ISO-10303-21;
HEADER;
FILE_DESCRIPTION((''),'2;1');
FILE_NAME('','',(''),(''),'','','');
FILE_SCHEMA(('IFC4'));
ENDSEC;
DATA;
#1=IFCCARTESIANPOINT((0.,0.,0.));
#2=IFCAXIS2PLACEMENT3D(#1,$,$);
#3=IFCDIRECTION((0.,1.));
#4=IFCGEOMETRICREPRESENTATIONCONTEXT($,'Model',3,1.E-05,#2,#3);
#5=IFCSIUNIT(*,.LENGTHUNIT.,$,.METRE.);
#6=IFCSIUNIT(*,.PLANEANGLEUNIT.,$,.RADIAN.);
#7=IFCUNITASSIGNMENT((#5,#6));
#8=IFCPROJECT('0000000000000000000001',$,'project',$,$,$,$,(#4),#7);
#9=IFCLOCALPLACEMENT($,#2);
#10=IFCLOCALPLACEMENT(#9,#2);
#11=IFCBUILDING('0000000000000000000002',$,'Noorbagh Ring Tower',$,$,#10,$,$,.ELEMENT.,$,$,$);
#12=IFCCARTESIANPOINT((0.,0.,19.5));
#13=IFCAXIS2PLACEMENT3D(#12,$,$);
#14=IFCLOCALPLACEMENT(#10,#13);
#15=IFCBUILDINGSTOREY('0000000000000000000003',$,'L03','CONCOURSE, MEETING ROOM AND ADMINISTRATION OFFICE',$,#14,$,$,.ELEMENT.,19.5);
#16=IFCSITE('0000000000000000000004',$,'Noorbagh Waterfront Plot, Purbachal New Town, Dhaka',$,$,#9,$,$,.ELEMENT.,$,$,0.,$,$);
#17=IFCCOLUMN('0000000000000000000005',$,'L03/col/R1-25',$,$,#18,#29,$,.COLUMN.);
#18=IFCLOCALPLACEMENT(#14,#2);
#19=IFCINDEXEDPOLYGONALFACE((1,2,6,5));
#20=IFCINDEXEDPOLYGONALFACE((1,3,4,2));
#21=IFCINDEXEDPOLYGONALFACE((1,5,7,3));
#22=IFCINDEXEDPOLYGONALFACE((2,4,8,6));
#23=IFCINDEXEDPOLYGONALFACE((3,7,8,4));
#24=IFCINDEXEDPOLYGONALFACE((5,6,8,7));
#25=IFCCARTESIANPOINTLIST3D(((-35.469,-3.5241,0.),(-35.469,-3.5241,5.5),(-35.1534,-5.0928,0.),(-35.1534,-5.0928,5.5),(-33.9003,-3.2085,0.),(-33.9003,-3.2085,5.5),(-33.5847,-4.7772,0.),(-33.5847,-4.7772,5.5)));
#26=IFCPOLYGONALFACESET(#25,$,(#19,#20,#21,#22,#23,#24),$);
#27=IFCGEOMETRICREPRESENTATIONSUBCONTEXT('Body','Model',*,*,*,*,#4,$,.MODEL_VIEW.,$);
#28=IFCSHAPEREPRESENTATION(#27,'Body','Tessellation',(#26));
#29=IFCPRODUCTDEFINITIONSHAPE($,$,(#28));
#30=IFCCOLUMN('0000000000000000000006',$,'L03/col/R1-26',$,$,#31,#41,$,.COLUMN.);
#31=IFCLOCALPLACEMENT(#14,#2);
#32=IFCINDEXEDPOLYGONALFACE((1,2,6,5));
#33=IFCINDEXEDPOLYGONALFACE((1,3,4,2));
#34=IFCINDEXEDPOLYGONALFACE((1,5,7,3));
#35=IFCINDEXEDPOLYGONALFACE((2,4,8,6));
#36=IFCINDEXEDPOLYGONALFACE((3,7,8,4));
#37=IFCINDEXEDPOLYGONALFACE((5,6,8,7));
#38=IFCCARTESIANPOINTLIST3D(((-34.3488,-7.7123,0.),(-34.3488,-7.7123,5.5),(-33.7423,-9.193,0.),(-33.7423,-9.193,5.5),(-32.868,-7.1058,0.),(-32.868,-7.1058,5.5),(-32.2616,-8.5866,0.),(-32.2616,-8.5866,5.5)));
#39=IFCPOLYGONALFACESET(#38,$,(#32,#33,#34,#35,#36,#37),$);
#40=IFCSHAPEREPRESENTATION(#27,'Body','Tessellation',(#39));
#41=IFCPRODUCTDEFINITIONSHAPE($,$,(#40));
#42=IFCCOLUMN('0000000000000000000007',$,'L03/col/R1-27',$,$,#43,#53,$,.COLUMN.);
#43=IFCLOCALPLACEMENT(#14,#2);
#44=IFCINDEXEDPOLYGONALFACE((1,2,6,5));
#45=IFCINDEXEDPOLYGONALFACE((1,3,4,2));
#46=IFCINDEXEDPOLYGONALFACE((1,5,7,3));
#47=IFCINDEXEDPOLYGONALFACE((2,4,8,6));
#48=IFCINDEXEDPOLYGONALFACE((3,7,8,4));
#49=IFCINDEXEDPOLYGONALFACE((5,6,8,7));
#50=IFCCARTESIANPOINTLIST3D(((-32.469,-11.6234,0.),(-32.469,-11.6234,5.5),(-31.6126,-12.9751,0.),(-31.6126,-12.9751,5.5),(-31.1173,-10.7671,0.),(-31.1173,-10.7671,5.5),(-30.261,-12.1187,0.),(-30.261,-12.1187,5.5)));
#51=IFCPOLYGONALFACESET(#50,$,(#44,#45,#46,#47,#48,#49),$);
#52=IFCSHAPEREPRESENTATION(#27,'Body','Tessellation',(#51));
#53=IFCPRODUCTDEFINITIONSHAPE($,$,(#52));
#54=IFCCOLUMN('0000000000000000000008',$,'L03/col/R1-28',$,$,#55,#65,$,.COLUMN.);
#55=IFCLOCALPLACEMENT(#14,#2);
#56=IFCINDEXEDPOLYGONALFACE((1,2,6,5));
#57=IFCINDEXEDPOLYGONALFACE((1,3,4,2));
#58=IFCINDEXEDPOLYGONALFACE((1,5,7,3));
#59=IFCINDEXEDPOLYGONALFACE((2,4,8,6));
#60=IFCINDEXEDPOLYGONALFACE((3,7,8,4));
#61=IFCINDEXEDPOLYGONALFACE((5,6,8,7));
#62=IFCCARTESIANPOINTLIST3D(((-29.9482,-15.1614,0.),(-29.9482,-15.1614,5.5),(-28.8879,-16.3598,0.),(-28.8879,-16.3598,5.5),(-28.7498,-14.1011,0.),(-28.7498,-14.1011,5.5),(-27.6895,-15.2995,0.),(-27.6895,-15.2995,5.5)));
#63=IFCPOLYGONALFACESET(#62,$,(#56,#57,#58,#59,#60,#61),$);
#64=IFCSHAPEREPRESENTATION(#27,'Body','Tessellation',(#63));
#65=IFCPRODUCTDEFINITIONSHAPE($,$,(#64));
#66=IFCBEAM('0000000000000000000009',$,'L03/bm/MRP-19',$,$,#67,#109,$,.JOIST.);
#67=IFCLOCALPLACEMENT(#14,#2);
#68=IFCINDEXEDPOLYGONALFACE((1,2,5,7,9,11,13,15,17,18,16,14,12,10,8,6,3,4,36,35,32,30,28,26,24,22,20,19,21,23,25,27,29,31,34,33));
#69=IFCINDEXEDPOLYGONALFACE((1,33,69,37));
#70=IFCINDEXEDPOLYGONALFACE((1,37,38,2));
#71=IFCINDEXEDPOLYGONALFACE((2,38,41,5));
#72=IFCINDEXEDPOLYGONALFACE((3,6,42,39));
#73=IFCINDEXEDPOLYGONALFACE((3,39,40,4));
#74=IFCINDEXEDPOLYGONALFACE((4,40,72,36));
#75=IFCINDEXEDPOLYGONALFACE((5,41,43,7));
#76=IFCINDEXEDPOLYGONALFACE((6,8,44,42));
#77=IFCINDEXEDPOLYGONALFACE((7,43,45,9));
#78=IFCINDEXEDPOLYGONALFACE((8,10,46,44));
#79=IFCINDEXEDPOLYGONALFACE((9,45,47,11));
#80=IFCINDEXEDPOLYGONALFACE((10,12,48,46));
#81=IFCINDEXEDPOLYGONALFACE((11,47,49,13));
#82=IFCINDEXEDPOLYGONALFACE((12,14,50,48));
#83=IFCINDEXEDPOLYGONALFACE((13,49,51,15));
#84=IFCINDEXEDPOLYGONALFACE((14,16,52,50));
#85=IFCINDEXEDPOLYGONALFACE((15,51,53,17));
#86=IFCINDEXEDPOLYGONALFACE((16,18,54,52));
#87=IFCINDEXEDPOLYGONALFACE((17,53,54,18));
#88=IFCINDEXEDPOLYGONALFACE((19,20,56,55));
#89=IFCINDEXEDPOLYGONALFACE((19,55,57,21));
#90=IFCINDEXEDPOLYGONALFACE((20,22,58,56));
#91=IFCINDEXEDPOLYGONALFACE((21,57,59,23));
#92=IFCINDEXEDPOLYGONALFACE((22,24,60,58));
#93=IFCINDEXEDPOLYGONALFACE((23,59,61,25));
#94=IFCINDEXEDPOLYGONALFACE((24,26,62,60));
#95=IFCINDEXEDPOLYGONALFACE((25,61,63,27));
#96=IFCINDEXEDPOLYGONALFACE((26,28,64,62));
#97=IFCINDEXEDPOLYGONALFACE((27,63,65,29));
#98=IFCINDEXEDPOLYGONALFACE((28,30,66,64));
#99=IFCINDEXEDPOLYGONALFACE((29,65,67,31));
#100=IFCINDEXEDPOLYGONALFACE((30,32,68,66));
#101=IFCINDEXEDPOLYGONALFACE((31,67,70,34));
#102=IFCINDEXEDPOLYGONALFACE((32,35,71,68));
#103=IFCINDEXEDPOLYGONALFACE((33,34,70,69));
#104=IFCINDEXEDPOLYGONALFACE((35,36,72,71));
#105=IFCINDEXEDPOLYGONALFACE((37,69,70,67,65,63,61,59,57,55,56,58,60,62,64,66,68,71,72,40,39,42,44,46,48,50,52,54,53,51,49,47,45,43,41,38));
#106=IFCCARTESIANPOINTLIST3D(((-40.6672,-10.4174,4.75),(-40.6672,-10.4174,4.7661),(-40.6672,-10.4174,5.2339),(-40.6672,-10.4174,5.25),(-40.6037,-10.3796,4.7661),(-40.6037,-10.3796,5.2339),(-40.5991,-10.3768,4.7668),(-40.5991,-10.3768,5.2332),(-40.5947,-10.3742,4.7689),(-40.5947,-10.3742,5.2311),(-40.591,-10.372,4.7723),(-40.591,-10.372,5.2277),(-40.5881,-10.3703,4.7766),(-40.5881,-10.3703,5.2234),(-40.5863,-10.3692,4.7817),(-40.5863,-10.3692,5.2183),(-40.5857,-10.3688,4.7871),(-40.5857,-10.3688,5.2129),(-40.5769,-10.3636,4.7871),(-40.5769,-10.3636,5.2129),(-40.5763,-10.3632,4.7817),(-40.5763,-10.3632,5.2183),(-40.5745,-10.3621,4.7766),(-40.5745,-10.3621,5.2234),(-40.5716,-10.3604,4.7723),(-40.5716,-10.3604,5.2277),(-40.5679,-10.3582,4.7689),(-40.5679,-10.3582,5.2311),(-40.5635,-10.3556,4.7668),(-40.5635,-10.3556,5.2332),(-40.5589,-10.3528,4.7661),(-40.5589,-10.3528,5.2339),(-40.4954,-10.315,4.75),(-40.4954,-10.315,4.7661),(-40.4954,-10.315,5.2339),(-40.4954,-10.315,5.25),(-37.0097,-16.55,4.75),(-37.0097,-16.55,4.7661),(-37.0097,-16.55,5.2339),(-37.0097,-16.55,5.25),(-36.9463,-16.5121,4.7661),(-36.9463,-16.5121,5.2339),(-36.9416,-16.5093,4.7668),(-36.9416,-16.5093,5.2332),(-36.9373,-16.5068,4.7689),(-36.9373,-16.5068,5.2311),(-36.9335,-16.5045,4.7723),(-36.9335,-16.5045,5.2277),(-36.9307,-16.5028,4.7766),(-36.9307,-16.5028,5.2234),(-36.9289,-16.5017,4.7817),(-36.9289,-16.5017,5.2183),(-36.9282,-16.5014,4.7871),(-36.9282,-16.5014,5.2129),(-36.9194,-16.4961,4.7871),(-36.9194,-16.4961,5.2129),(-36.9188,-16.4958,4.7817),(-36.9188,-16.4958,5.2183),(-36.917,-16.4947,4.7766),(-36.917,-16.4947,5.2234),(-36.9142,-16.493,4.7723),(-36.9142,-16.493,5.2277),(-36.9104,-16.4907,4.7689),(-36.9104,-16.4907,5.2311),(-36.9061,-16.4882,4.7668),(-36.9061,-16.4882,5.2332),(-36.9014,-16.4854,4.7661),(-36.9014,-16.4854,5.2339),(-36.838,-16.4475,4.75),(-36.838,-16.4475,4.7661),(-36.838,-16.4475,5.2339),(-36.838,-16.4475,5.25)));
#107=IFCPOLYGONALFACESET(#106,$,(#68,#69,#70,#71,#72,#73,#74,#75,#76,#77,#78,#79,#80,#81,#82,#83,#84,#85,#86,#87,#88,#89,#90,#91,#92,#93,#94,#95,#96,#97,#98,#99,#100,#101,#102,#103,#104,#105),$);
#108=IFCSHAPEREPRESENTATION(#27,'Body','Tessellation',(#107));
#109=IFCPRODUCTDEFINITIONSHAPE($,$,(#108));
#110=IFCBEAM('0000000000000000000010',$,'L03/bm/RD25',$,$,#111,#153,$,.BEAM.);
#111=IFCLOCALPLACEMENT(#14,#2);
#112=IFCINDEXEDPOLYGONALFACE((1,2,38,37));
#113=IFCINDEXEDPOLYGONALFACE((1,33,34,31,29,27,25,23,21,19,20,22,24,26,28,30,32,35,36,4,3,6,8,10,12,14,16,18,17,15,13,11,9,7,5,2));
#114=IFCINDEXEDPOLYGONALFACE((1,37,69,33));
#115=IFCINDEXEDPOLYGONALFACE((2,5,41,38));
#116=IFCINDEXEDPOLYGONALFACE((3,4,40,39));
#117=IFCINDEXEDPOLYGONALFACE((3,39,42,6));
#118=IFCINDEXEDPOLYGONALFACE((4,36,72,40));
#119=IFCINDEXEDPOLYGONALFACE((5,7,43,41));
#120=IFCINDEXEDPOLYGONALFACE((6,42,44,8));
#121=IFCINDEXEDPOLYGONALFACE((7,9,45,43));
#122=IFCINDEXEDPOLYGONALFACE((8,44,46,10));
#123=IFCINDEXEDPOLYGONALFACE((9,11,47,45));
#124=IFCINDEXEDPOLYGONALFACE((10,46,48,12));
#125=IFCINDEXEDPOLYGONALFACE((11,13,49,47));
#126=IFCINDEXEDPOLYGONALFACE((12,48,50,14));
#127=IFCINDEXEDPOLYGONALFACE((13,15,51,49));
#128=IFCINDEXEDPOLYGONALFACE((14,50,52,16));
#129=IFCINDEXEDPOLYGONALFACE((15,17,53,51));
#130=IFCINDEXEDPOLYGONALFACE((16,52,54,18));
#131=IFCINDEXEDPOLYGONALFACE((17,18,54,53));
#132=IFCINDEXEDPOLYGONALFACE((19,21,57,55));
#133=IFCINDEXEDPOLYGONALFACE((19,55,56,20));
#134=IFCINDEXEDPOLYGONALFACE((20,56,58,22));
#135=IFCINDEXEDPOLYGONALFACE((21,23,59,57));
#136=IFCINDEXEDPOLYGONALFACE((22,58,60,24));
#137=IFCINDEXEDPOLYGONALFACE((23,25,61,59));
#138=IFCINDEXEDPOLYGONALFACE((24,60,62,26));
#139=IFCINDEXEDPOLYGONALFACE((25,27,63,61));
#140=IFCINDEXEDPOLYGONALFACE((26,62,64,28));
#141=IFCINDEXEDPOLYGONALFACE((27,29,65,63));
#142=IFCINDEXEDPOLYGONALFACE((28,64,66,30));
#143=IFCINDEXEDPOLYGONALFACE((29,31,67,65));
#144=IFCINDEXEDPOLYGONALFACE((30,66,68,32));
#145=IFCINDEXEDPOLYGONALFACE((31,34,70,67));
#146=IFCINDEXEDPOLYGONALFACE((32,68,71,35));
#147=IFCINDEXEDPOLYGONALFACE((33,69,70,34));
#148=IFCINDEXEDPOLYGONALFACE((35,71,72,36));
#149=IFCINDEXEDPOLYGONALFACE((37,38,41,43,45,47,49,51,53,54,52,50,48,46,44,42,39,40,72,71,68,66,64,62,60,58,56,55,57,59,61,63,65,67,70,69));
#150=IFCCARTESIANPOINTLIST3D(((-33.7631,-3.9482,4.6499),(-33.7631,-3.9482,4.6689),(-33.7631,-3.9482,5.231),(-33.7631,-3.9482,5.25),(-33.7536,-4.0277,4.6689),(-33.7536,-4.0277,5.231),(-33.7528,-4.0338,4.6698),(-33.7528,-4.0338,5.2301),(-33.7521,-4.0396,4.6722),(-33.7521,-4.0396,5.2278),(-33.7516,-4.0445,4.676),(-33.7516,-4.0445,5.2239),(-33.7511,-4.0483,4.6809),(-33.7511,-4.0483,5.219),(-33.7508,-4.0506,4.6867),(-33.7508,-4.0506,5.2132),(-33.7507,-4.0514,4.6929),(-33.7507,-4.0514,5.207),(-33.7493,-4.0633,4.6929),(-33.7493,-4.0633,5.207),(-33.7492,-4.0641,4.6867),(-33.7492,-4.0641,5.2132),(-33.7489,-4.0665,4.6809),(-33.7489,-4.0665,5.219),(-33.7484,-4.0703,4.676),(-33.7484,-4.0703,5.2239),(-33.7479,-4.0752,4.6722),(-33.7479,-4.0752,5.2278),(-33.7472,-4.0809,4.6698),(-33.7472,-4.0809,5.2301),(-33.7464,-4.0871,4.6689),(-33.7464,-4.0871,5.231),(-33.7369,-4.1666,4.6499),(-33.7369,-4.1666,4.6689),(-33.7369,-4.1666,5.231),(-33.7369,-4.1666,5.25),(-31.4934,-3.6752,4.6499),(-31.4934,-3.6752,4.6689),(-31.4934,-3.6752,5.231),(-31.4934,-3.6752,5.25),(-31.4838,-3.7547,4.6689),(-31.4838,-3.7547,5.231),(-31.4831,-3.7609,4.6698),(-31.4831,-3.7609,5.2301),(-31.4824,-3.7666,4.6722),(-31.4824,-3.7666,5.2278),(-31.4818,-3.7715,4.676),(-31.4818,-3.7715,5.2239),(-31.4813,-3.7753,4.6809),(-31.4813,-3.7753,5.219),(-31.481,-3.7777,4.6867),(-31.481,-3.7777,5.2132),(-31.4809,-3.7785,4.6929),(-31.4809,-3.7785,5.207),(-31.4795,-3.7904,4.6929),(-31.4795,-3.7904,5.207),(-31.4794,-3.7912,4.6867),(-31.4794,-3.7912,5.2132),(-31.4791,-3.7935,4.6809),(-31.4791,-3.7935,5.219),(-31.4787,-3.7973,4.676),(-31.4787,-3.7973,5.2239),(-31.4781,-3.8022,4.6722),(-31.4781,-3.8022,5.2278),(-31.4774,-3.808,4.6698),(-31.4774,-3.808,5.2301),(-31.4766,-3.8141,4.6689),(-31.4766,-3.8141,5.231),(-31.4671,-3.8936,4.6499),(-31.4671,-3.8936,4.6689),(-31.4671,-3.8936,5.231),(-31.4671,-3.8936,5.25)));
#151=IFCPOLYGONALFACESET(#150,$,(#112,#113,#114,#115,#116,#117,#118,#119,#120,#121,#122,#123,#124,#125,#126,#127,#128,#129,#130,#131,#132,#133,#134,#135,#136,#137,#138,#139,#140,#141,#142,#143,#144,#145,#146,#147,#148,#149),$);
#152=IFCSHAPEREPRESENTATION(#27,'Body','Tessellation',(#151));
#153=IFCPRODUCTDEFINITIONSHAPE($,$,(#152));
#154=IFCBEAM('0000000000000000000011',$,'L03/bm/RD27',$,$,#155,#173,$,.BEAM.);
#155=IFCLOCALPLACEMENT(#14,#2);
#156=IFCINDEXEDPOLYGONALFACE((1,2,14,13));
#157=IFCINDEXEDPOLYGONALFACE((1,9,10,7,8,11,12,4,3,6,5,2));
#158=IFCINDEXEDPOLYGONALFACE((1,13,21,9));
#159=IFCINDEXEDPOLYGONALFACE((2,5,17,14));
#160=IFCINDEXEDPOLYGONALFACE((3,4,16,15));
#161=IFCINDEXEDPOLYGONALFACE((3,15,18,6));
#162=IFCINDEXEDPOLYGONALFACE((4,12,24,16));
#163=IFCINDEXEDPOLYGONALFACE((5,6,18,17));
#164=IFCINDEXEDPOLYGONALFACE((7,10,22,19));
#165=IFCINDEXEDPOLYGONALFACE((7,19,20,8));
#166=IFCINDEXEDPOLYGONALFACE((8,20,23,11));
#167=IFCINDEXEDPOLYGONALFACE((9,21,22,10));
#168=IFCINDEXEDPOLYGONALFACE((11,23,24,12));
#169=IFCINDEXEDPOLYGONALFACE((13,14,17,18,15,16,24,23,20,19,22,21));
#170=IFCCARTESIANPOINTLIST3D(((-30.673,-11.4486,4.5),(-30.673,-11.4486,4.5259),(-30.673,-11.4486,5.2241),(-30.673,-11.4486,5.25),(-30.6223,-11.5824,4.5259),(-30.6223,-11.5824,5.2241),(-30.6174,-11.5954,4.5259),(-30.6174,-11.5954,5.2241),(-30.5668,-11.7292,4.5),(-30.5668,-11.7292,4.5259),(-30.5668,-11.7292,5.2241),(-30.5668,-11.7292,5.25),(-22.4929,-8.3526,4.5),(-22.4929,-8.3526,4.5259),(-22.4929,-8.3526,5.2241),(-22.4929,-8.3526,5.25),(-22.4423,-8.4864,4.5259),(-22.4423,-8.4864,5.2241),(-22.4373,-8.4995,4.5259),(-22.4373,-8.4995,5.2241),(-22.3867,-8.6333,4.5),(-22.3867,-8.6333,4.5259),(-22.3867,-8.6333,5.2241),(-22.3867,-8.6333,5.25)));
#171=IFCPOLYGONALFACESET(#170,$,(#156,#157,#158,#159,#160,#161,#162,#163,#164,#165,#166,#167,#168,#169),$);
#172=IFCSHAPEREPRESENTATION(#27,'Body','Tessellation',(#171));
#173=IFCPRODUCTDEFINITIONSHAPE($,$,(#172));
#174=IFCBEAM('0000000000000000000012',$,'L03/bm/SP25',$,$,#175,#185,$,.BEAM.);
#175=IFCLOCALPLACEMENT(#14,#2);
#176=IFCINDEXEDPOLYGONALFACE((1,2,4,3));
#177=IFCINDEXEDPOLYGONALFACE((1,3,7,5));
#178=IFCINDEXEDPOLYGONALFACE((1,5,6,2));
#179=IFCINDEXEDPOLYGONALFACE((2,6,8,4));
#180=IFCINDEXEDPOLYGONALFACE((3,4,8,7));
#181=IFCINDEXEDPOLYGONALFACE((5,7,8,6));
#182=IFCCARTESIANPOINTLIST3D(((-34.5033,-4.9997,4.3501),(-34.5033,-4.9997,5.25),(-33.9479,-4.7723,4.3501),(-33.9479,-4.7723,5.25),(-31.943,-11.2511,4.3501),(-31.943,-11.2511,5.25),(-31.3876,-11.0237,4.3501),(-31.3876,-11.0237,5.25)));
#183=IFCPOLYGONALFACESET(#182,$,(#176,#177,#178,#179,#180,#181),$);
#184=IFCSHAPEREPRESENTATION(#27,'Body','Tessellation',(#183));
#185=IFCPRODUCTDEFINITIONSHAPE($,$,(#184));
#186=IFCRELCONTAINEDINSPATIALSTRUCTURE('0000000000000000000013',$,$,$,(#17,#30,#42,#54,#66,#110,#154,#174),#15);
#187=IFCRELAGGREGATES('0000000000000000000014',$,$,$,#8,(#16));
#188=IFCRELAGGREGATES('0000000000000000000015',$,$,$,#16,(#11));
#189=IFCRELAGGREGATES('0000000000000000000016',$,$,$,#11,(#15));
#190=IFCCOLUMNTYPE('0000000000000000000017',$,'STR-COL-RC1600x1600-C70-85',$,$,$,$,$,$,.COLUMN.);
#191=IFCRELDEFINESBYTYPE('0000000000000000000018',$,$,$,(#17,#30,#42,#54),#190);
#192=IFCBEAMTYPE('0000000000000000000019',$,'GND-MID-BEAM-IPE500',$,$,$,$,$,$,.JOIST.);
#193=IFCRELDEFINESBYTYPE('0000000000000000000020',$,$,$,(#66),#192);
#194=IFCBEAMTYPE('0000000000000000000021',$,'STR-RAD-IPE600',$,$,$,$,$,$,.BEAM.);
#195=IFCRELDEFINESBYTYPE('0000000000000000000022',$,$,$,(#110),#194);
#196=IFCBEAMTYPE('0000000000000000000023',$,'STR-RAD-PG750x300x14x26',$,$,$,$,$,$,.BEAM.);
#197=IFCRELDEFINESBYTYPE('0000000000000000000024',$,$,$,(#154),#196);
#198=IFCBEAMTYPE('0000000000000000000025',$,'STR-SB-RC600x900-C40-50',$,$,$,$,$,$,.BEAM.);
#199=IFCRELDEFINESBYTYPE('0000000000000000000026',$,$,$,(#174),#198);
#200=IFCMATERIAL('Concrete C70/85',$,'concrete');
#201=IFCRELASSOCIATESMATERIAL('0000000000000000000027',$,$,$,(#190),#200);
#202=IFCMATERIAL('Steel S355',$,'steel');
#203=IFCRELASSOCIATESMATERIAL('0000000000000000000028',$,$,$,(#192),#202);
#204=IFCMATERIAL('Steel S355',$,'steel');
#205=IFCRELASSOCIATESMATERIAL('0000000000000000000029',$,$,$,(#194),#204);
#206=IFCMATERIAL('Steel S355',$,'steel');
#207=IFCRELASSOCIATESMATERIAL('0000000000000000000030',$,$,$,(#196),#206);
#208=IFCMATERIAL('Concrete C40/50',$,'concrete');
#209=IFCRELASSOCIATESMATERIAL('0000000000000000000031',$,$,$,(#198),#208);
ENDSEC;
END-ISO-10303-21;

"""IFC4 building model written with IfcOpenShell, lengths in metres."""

from ifc_helpers import new_model, si_unit, direction, frame, origin, origin_2d, place, context, subcontext, project, spatial, rectangle, i_section, extrude, material, material_profile, profile_set, type_object, element, save


model = new_model("IFC4")

# Units and contexts
model_context = context("Model", 3, precision=1e-05, world=origin(), true_north=direction((0.0, 1.0)))
body_context = subcontext(model_context, "Body", "Model", "MODEL_VIEW")
ifc_project = project(units=[si_unit("LENGTHUNIT", "METRE"), si_unit("PLANEANGLEUNIT", "RADIAN")], contexts=[model_context])

# Site, building, storey
site_placement = place(None, origin())
site = spatial("IfcSite", under=ifc_project, at=site_placement, Name="Noorbagh Waterfront Plot, Purbachal New Town, Dhaka", CompositionType="ELEMENT", RefElevation=0.0)
building_placement = place(site_placement, origin())
building = spatial("IfcBuilding", under=site, at=building_placement, Name="Noorbagh Ring Tower", CompositionType="ELEMENT")
storey_placement = place(building_placement, frame((0.0, 0.0, 19.5)))
storey = spatial("IfcBuildingStorey", under=building, at=storey_placement, Name="L03", Description="CONCOURSE, MEETING ROOM AND ADMINISTRATION OFFICE", CompositionType="ELEMENT", Elevation=19.5)

# Columns
ifc_material_1 = material(Name="Concrete C70/85", Category="concrete")
ifc_material_profile_1 = material_profile(ifc_material_1, rectangle(XDim=1.6001, YDim=1.6001, at=origin_2d()), Name="RC1600x1600")
ifc_profile_set_1 = profile_set([ifc_material_profile_1], Name="Concrete C70/85")
column_type = type_object("IfcColumnType", Name="STR-COL-RC1600x1600-C70-85", PredefinedType="COLUMN", material=ifc_profile_set_1)
for number, where, z_axis, x_axis, name in (
    (1, (-34.5269, -4.1506, 0.0), (0.0, 0.0, 1.0), (0.19723, -0.980357, 0.0), "L03/col/R1-25"),
    (2, (-33.3052, -8.1494, 0.0), (0.0, 0.0, 1.0), (0.378989, -0.925401, 0.0), "L03/col/R1-26"),
    (3, (-31.365, -11.8711, 0.0), (0.0, 0.0, 1.0), (0.53519, -0.844731, 0.0), "L03/col/R1-27"),
    (4, (-28.8188, -15.2305, 0.0), (0.0, 0.0, 1.0), (0.662636, -0.748942, 0.0), "L03/col/R1-28"),
):
    element("IfcColumn", number, at=place(storey_placement, frame(where, z_axis=z_axis, x_axis=x_axis)), inside=storey, type_object=column_type, Name=name, PredefinedType="COLUMN", context=body_context, shape_type="SweptSolid", body=[
        extrude(rectangle(XDim=1.6001, YDim=1.6001, at=origin_2d()), origin(), (0.0, 0.0, 1.0), 5.5),
    ])

# Beams
ifc_material_2 = material(Name="Steel S355", Category="steel")
ifc_material_profile_2 = material_profile(ifc_material_2, i_section(OverallWidth=0.2, OverallDepth=0.5, WebThickness=0.0103, FlangeThickness=0.0161, FilletRadius=0.021, at=origin_2d()), Name="IPE500")
ifc_profile_set_2 = profile_set([ifc_material_profile_2], Name="Steel S355")
beam_type_1 = type_object("IfcBeamType", Name="GND-MID-BEAM-IPE500", PredefinedType="JOIST", material=ifc_profile_set_2)
beam_1_placement = place(storey_placement, frame((-40.5813, -10.3662, 5.0), z_axis=(0.512221, -0.858854, 0.0), x_axis=(0.858854, 0.512221, 0.0)))
element("IfcBeam", 5, at=beam_1_placement, inside=storey, type_object=beam_type_1, Name="L03/bm/MRP-19", PredefinedType="JOIST", context=body_context, shape_type="SweptSolid", body=[
    extrude(i_section(OverallWidth=0.2, OverallDepth=0.5, WebThickness=0.0103, FlangeThickness=0.0161, FilletRadius=0.021, at=origin_2d()), origin(), (0.0, 0.0, 1.0), 7.1404),
])
ifc_material_3 = material(Name="Steel S355", Category="steel")
ifc_material_profile_3 = material_profile(ifc_material_3, i_section(OverallWidth=0.22, OverallDepth=0.6001, WebThickness=0.012, FlangeThickness=0.019, FilletRadius=0.0239, at=origin_2d()), Name="IPE600")
ifc_profile_set_3 = profile_set([ifc_material_profile_3], Name="Steel S355")
beam_type_2 = type_object("IfcBeamType", Name="STR-RAD-IPE600", PredefinedType="BEAM", material=ifc_profile_set_3)
beam_2_placement = place(storey_placement, frame((-33.75, -4.0574, 4.95), z_axis=(0.992847, 0.119394, 0.0), x_axis=(-0.119394, 0.992847, 0.0)))
element("IfcBeam", 6, at=beam_2_placement, inside=storey, type_object=beam_type_2, Name="L03/bm/RD25", PredefinedType="BEAM", context=body_context, shape_type="SweptSolid", body=[
    extrude(i_section(OverallWidth=0.22, OverallDepth=0.6001, WebThickness=0.012, FlangeThickness=0.019, FilletRadius=0.0239, at=origin_2d()), origin(), (0.0, 0.0, 1.0), 2.2861),
])
ifc_material_4 = material(Name="Steel S355", Category="steel")
ifc_material_profile_4 = material_profile(ifc_material_4, i_section(OverallWidth=0.3, OverallDepth=0.75, WebThickness=0.0139, FlangeThickness=0.0259, at=origin_2d()), Name="PG750x300x14x26")
ifc_profile_set_4 = profile_set([ifc_material_profile_4], Name="Steel S355")
beam_type_3 = type_object("IfcBeamType", Name="STR-RAD-PG750x300x14x26", PredefinedType="BEAM", material=ifc_profile_set_4)
beam_3_placement = place(storey_placement, frame((-30.6199, -11.5889, 4.875), z_axis=(0.935258, 0.353967, 0.0), x_axis=(-0.353967, 0.935258, 0.0)))
element("IfcBeam", 7, at=beam_3_placement, inside=storey, type_object=beam_type_3, Name="L03/bm/RD27", PredefinedType="BEAM", context=body_context, shape_type="SweptSolid", body=[
    extrude(i_section(OverallWidth=0.3, OverallDepth=0.75, WebThickness=0.0139, FlangeThickness=0.0259, at=origin_2d()), origin(), (0.0, 0.0, 1.0), 8.7463),
])
ifc_material_5 = material(Name="Concrete C40/50", Category="concrete")
ifc_material_profile_5 = material_profile(ifc_material_5, rectangle(XDim=0.6001, YDim=0.8999, at=origin_2d()), Name="RC600x900")
ifc_profile_set_5 = profile_set([ifc_material_profile_5], Name="Concrete C40/50")
beam_type_4 = type_object("IfcBeamType", Name="STR-SB-RC600x900-C40-50", PredefinedType="BEAM", material=ifc_profile_set_5)
beam_4_placement = place(storey_placement, frame((-34.2256, -4.886, 4.8), z_axis=(0.378999, -0.925397, 0.0), x_axis=(0.925397, 0.378999, 0.0)))
element("IfcBeam", 8, at=beam_4_placement, inside=storey, type_object=beam_type_4, Name="L03/bm/SP25", PredefinedType="BEAM", context=body_context, shape_type="SweptSolid", body=[
    extrude(rectangle(XDim=0.6001, YDim=0.8999, at=origin_2d()), origin(), (0.0, 0.0, 1.0), 6.7554),
])

save(model, "model.ifc")
